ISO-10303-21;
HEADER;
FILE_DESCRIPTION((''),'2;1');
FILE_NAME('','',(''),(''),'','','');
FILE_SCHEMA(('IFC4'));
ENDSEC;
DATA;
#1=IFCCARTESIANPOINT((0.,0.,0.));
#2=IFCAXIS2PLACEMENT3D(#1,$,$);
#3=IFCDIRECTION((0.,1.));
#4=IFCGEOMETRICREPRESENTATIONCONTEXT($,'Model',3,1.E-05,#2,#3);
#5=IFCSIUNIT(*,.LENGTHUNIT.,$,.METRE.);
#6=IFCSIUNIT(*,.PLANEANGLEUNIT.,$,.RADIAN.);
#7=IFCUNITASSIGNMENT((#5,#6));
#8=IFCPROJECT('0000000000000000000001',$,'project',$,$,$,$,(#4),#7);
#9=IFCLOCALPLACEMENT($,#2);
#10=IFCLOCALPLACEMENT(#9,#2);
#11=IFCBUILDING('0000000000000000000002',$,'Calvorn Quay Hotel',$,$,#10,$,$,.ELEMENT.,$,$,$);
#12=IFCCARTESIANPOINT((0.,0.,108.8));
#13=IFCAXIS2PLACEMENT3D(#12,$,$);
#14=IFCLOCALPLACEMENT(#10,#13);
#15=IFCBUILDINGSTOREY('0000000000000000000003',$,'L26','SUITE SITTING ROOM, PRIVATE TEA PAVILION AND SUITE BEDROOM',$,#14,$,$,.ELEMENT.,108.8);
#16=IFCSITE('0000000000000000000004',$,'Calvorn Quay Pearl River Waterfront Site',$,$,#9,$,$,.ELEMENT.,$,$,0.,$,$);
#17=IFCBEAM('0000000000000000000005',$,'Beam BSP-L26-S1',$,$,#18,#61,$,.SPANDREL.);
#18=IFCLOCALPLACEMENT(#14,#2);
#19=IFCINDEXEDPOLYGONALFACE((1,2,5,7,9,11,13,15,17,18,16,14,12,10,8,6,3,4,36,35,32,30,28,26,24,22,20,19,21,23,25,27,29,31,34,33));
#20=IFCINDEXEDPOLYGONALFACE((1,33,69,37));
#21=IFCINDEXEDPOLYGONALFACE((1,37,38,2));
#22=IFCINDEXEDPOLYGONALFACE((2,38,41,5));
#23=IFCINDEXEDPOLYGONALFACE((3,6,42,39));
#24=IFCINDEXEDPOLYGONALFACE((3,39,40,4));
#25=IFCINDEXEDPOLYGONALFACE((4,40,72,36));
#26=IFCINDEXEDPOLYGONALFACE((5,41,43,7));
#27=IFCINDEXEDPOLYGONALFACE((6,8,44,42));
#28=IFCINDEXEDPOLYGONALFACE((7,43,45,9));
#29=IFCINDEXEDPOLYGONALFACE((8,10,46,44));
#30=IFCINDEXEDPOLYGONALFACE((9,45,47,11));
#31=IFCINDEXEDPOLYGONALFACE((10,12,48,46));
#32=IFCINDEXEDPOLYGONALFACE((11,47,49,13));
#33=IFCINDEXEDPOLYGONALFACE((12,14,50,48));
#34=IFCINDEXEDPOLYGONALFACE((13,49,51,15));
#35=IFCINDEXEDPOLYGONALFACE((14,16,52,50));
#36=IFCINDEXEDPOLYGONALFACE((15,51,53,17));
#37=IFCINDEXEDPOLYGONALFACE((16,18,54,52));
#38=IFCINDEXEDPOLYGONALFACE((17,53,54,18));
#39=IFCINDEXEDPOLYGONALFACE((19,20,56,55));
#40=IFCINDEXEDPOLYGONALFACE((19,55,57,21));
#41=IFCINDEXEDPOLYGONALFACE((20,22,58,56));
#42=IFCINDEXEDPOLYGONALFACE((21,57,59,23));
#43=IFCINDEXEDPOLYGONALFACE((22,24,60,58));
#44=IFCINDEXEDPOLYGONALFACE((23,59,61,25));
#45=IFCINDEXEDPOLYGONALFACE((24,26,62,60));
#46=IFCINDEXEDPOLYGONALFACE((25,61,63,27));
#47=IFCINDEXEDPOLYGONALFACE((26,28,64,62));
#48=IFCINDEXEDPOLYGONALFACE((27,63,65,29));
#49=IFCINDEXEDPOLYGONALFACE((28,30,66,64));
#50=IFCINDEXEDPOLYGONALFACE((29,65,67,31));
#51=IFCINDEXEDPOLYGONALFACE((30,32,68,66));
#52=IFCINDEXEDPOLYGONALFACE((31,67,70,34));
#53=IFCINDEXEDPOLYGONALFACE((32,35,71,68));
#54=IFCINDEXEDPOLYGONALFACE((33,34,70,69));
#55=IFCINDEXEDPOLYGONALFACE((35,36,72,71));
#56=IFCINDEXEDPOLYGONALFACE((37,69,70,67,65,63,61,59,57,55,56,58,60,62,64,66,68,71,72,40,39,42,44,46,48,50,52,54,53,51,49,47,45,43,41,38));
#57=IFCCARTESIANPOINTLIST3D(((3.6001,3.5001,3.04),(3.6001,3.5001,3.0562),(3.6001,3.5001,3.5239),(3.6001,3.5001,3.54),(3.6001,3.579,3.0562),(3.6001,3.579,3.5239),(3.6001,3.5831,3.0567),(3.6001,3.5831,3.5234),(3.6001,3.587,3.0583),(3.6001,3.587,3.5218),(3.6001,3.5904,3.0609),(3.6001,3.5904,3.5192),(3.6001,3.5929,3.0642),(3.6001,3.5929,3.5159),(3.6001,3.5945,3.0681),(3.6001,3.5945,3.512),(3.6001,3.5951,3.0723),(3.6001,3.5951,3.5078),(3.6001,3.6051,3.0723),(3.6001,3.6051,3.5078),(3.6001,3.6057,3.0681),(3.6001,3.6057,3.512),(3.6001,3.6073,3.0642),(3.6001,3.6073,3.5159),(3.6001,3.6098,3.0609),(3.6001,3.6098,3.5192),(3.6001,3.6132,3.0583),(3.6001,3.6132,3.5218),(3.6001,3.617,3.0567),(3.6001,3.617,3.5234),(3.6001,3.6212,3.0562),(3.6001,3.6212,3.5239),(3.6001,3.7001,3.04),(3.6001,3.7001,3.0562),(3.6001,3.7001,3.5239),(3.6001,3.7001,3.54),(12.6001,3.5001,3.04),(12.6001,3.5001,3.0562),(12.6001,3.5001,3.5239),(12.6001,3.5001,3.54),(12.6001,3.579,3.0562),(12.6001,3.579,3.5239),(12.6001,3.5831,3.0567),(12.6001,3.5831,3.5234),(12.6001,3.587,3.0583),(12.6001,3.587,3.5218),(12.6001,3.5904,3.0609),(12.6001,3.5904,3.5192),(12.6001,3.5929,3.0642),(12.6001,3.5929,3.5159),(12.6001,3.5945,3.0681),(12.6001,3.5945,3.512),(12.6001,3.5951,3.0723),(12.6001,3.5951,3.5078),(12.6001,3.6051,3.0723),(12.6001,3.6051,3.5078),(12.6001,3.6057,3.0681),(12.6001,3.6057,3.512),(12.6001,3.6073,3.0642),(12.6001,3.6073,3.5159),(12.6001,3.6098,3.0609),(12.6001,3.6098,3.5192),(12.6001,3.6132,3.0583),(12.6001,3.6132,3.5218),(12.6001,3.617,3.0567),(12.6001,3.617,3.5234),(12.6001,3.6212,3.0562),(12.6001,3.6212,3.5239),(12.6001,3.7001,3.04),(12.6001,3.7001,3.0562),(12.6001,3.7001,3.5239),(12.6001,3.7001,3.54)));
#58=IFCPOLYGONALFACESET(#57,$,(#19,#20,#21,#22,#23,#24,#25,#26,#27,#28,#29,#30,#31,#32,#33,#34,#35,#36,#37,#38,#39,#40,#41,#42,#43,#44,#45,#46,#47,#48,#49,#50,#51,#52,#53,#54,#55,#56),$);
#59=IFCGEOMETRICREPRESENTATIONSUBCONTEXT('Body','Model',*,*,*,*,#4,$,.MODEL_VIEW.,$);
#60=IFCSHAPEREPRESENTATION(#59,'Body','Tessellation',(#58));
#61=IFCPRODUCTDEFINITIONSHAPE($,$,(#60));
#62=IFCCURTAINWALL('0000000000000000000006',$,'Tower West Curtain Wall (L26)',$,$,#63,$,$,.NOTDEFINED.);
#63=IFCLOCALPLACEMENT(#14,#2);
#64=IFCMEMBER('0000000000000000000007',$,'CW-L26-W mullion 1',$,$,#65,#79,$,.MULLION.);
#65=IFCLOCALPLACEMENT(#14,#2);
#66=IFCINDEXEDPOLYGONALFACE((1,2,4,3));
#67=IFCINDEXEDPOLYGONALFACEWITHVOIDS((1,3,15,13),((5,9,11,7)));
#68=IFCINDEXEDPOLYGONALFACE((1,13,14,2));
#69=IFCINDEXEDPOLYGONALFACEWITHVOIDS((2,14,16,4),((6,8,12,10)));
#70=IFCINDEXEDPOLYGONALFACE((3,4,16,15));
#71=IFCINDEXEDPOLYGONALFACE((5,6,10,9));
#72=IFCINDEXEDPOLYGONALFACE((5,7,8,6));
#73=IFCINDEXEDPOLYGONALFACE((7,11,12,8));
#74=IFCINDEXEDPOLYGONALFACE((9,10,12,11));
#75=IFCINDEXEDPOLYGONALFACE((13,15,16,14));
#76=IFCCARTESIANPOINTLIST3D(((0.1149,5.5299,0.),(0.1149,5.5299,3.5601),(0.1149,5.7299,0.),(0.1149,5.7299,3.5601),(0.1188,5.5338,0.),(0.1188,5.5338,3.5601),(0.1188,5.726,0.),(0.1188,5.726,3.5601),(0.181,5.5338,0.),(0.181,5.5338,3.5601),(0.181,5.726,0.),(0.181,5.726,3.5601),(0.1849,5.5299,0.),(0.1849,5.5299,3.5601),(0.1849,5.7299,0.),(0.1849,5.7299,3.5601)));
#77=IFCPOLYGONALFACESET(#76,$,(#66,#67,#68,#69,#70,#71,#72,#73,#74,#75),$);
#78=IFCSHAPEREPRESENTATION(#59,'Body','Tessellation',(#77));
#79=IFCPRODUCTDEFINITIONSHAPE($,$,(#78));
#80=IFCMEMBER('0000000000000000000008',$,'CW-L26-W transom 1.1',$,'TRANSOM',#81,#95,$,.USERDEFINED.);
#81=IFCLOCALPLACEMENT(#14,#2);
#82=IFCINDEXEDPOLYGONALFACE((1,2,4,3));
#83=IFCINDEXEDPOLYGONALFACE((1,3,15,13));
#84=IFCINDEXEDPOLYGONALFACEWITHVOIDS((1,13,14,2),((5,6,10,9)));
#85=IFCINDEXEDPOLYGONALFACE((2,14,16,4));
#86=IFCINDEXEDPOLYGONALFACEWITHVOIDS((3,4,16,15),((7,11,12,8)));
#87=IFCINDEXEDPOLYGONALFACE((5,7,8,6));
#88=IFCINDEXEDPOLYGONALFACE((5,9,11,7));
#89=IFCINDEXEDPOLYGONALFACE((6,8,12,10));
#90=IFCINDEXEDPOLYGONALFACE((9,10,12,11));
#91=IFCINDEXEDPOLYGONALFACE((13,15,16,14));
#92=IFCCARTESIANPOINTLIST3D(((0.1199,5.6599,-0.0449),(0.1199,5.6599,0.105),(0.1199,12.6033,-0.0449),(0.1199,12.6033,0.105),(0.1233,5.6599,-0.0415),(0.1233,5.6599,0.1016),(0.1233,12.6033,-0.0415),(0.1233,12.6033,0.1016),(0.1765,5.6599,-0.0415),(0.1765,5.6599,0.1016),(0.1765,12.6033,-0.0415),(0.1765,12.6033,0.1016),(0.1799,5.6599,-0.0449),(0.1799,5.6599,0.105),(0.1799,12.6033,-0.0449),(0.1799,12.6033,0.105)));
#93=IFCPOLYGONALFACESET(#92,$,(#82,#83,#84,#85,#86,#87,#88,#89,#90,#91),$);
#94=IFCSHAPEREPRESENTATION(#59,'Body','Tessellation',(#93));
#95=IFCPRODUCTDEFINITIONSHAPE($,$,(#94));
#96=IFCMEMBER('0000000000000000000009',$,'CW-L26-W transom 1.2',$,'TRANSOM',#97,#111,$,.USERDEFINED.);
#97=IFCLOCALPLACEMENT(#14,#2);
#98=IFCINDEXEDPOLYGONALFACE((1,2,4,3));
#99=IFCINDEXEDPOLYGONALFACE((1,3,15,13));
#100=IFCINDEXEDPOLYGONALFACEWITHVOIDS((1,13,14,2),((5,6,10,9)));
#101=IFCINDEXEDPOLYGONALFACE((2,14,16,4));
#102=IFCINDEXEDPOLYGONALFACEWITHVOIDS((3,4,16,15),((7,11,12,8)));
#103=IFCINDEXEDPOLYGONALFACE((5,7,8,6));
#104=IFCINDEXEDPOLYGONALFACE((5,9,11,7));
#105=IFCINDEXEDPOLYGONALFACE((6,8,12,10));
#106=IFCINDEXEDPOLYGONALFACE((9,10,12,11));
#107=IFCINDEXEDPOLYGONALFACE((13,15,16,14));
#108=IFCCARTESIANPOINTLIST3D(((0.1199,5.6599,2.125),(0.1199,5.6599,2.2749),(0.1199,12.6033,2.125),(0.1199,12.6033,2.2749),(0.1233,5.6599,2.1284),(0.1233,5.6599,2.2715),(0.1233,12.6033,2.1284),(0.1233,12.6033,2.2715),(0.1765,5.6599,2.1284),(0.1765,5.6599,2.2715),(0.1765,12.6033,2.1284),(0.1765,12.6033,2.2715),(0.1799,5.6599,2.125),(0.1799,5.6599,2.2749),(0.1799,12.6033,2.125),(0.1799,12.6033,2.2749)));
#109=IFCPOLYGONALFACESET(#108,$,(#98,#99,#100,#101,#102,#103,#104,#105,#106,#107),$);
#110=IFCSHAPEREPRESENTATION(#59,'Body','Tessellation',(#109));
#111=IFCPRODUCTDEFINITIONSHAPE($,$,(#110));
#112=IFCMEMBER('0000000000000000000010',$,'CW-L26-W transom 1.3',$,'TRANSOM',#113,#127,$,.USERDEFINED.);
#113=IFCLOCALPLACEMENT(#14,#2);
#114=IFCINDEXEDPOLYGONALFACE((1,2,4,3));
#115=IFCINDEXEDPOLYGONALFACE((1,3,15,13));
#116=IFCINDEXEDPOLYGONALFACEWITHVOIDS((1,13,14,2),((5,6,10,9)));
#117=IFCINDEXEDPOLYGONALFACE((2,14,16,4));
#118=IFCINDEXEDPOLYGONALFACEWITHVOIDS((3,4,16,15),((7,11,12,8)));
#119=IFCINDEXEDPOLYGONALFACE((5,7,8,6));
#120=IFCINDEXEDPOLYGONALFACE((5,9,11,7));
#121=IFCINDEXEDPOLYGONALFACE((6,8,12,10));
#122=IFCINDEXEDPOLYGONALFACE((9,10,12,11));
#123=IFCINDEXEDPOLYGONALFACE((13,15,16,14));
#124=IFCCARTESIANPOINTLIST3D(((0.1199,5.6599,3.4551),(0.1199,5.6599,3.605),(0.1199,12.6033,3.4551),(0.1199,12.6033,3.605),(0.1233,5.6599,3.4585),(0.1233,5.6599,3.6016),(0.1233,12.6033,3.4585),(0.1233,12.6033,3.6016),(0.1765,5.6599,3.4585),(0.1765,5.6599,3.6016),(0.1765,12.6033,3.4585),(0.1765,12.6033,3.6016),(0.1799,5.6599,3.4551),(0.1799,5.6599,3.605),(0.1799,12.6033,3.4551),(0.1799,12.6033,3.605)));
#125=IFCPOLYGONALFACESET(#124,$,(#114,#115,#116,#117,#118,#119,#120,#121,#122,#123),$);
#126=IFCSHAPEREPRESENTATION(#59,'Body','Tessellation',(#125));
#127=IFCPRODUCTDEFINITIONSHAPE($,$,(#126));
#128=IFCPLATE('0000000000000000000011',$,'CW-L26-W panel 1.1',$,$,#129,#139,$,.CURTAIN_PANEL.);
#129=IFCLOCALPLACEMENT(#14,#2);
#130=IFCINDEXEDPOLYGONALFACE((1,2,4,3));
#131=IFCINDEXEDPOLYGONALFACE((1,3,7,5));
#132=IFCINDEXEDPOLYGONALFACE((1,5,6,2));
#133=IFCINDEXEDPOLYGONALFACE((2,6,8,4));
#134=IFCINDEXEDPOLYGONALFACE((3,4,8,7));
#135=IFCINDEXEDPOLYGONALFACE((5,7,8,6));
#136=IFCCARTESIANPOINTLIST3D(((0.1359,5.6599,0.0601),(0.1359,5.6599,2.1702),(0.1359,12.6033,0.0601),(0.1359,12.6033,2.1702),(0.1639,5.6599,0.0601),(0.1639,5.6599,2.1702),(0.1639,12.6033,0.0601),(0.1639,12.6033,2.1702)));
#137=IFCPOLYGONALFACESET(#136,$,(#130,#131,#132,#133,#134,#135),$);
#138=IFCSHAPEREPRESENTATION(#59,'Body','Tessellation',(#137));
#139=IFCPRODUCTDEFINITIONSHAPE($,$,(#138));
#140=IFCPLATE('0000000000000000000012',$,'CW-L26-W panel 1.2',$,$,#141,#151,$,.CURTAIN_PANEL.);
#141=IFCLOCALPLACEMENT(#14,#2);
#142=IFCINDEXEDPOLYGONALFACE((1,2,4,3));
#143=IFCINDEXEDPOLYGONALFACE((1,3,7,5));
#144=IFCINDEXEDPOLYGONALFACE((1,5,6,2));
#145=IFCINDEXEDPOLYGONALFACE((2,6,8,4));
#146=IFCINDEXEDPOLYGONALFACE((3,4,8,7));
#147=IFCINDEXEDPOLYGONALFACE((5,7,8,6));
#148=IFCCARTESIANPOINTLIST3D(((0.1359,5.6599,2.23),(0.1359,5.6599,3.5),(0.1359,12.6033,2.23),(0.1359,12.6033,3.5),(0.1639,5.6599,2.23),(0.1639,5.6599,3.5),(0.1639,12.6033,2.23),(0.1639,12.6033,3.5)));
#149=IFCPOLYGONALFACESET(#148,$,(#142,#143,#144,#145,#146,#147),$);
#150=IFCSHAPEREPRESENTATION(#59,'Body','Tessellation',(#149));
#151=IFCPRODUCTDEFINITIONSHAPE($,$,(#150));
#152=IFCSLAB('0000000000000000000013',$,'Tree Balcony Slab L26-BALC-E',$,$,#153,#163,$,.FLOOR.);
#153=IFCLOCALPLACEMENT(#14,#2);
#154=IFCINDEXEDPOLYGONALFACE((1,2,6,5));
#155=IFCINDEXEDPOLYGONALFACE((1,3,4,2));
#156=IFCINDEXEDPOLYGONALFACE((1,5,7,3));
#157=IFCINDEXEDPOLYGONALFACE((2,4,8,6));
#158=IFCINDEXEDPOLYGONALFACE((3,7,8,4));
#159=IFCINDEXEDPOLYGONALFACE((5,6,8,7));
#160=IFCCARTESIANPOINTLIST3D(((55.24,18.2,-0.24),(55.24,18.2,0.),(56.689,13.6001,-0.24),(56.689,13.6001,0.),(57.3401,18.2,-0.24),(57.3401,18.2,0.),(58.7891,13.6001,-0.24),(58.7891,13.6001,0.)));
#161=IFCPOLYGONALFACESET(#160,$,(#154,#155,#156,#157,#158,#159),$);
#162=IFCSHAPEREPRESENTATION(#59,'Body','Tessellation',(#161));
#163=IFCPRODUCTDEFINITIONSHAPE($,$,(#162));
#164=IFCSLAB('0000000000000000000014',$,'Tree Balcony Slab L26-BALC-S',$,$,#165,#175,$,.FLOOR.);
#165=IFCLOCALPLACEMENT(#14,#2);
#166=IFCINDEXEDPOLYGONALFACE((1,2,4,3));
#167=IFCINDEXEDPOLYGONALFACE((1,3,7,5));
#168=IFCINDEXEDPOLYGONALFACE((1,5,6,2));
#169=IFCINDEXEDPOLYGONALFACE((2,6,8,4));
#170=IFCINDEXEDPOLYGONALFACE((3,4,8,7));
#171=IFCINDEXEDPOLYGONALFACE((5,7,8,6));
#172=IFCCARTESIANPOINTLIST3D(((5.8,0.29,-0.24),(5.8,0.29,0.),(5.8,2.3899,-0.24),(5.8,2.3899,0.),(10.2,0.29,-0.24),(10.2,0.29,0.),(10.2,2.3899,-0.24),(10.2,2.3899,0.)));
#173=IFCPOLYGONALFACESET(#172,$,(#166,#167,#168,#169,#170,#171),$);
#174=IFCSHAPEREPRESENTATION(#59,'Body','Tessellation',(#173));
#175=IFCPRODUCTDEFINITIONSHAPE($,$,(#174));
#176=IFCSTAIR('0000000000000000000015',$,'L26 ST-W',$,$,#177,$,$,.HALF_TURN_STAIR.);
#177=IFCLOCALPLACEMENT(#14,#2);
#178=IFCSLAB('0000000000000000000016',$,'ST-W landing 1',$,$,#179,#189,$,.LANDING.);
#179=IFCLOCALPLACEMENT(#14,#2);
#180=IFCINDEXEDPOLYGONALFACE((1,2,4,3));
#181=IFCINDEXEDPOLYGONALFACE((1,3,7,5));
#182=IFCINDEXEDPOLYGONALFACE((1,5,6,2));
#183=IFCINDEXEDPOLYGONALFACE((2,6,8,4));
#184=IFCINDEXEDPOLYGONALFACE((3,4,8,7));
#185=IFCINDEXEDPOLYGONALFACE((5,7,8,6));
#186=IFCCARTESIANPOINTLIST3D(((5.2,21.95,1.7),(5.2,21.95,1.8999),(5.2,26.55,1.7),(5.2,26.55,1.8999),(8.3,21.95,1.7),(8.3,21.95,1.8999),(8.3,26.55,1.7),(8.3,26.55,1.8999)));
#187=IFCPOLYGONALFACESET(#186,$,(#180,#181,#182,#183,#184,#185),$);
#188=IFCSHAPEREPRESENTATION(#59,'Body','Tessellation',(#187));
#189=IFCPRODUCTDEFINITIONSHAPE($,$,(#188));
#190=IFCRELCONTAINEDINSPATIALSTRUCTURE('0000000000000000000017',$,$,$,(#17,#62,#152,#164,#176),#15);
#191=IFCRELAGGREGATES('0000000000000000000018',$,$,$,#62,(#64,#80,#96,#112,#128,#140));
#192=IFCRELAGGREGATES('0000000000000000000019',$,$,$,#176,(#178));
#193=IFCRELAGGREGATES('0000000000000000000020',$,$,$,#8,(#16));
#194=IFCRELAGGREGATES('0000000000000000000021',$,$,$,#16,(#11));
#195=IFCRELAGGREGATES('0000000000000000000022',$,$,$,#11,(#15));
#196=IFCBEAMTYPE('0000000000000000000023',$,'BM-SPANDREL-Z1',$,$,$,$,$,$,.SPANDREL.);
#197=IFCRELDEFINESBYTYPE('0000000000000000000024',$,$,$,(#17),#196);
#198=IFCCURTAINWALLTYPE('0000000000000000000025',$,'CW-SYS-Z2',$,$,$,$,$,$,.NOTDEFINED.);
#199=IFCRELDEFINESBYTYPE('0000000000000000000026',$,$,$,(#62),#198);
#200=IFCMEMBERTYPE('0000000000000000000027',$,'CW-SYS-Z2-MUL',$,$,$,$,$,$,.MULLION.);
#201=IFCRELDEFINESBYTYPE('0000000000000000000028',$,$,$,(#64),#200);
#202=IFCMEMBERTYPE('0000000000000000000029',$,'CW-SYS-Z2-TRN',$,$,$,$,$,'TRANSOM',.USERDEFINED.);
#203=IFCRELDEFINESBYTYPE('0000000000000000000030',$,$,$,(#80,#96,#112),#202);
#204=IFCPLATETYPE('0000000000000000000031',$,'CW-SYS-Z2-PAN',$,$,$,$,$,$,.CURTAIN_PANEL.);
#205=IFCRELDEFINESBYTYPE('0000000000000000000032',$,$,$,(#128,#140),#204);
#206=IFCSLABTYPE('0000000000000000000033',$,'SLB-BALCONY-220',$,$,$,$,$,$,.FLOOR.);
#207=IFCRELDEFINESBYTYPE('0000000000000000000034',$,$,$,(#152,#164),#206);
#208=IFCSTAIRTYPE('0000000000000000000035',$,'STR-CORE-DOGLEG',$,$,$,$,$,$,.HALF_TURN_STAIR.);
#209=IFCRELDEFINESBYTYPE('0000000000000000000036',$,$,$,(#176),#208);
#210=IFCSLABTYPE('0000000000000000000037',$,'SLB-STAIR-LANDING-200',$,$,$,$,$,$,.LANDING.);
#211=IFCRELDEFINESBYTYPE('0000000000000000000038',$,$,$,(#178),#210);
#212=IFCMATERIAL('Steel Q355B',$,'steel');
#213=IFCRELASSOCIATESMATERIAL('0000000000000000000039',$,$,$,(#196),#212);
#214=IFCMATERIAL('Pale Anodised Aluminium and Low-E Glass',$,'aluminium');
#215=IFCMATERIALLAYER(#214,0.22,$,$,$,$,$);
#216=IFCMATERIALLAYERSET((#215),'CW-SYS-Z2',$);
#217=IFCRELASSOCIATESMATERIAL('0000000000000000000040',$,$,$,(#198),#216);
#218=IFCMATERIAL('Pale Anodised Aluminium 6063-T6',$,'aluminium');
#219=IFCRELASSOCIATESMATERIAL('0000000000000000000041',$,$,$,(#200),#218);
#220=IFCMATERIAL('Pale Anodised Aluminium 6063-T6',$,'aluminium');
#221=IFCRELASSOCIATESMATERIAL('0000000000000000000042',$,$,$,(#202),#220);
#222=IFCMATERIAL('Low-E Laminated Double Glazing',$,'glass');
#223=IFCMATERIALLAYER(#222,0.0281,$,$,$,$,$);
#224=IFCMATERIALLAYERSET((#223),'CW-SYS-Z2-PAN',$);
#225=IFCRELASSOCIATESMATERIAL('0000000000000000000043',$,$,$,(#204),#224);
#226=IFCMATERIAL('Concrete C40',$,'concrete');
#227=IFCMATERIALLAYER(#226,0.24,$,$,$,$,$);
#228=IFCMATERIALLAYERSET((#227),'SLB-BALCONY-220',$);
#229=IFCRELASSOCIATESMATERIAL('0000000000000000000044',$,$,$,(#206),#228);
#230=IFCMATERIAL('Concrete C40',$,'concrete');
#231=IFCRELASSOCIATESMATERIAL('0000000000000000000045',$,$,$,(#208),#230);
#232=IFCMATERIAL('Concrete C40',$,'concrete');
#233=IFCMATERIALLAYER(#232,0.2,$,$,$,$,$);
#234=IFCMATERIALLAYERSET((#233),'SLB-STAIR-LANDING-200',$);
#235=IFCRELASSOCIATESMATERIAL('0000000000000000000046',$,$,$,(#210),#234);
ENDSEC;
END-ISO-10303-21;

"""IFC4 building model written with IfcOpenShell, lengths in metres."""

from ifc_helpers import new_model, si_unit, direction, frame, origin, origin_2d, place, context, subcontext, project, spatial, polyline, rectangle, hollow_rectangle, i_section, outline, extrude, material, layer, layer_set, material_profile, profile_set, type_object, element, aggregate, save


model = new_model("IFC4")

# Units and contexts
model_context = context("Model", 3, precision=1e-05, world=origin(), true_north=direction((0.0, 1.0)))
body_context = subcontext(model_context, "Body", "Model", "MODEL_VIEW")
ifc_project = project(units=[si_unit("LENGTHUNIT", "METRE"), si_unit("PLANEANGLEUNIT", "RADIAN")], contexts=[model_context])

# Site, building, storey
site_placement = place(None, origin())
site = spatial("IfcSite", under=ifc_project, at=site_placement, Name="Calvorn Quay Pearl River Waterfront Site", CompositionType="ELEMENT", RefElevation=0.0)
building_placement = place(site_placement, origin())
building = spatial("IfcBuilding", under=site, at=building_placement, Name="Calvorn Quay Hotel", CompositionType="ELEMENT")
storey_placement = place(building_placement, frame((0.0, 0.0, 108.8)))
storey = spatial("IfcBuildingStorey", under=building, at=storey_placement, Name="L26", Description="SUITE SITTING ROOM, PRIVATE TEA PAVILION AND SUITE BEDROOM", CompositionType="ELEMENT", Elevation=108.8)

# Beam
ifc_material_1 = material(Name="Steel Q355B", Category="steel")
ifc_material_profile_1 = material_profile(ifc_material_1, i_section(OverallWidth=0.2, OverallDepth=0.5, WebThickness=0.01, FlangeThickness=0.0161, FilletRadius=0.0161, at=origin_2d()), Name="HN500x200x10x16")
ifc_profile_set_1 = profile_set([ifc_material_profile_1], Name="Steel Q355B")
beam_type_1 = type_object("IfcBeamType", Name="BM-SPANDREL-Z1", PredefinedType="SPANDREL", material=ifc_profile_set_1)
beam_1_placement = place(storey_placement, frame((3.6001, 3.6001, 3.29), z_axis=(1.0, 0.0, 0.0), x_axis=(0.0, 1.0, 0.0)))
element("IfcBeam", 1, at=beam_1_placement, inside=storey, type_object=beam_type_1, Name="Beam BSP-L26-S1", PredefinedType="SPANDREL", context=body_context, shape_type="SweptSolid", body=[
    extrude(i_section(OverallWidth=0.2, OverallDepth=0.5, WebThickness=0.01, FlangeThickness=0.0161, FilletRadius=0.0161, at=origin_2d()), origin(), (0.0, 0.0, 1.0), 9.0),
])

# Curtain wall, members, plates
ifc_material_2 = material(Name="Pale Anodised Aluminium and Low-E Glass", Category="aluminium")
ifc_layer_1 = layer(ifc_material_2, 0.22)
ifc_layer_set_1 = layer_set([ifc_layer_1], Name="CW-SYS-Z2")
curtain_wall_type = type_object("IfcCurtainWallType", Name="CW-SYS-Z2", PredefinedType="NOTDEFINED", material=ifc_layer_set_1)
curtain_wall_placement = place(storey_placement, origin())
curtain_wall = element("IfcCurtainWall", 2, at=curtain_wall_placement, inside=storey, type_object=curtain_wall_type, Name="Tower West Curtain Wall (L26)", PredefinedType="NOTDEFINED")
ifc_material_3 = material(Name="Pale Anodised Aluminium 6063-T6", Category="aluminium")
ifc_material_profile_2 = material_profile(ifc_material_3, hollow_rectangle(XDim=0.0701, YDim=0.2, WallThickness=0.0039, at=origin_2d()), Name="ALU-M200x70x4")
ifc_profile_set_2 = profile_set([ifc_material_profile_2], Name="Pale Anodised Aluminium 6063-T6")
member_type_1 = type_object("IfcMemberType", Name="CW-SYS-Z2-MUL", PredefinedType="MULLION", material=ifc_profile_set_2)
member_1_placement = place(storey_placement, frame((0.1499, 5.6299, 0.0), z_axis=(0.0, 0.0, 1.0), x_axis=(-1.0, 0.0, 0.0)))
member_1 = element("IfcMember", 3, at=member_1_placement, type_object=member_type_1, Name="CW-L26-W mullion 1", PredefinedType="MULLION", context=body_context, shape_type="SweptSolid", body=[
    extrude(hollow_rectangle(XDim=0.0701, YDim=0.2, WallThickness=0.0039, at=origin_2d()), origin(), (0.0, 0.0, 1.0), 3.5601),
])
ifc_material_4 = material(Name="Pale Anodised Aluminium 6063-T6", Category="aluminium")
ifc_material_profile_3 = material_profile(ifc_material_4, hollow_rectangle(XDim=0.0601, YDim=0.1499, WallThickness=0.0034, at=origin_2d()), Name="ALU-T150x60x3.5")
ifc_profile_set_3 = profile_set([ifc_material_profile_3], Name="Pale Anodised Aluminium 6063-T6")
member_type_2 = type_object("IfcMemberType", Name="CW-SYS-Z2-TRN", ElementType="TRANSOM", PredefinedType="USERDEFINED", material=ifc_profile_set_3)
member_2_placement = place(storey_placement, frame((0.1499, 5.6599, 0.03), z_axis=(0.0, 1.0, 0.0), x_axis=(-1.0, 0.0, 0.0)))
member_2 = element("IfcMember", 4, at=member_2_placement, type_object=member_type_2, Name="CW-L26-W transom 1.1", ObjectType="TRANSOM", PredefinedType="USERDEFINED", context=body_context, shape_type="SweptSolid", body=[
    extrude(hollow_rectangle(XDim=0.0601, YDim=0.1499, WallThickness=0.0034, at=origin_2d()), origin(), (0.0, 0.0, 1.0), 6.9434),
])
member_3_placement = place(storey_placement, frame((0.1499, 5.6599, 2.2), z_axis=(0.0, 1.0, 0.0), x_axis=(-1.0, 0.0, 0.0)))
member_3 = element("IfcMember", 5, at=member_3_placement, type_object=member_type_2, Name="CW-L26-W transom 1.2", ObjectType="TRANSOM", PredefinedType="USERDEFINED", context=body_context, shape_type="SweptSolid", body=[
    extrude(hollow_rectangle(XDim=0.0601, YDim=0.1499, WallThickness=0.0034, at=origin_2d()), origin(), (0.0, 0.0, 1.0), 6.9434),
])
member_4_placement = place(storey_placement, frame((0.1499, 5.6599, 3.53), z_axis=(0.0, 1.0, 0.0), x_axis=(-1.0, 0.0, 0.0)))
member_4 = element("IfcMember", 6, at=member_4_placement, type_object=member_type_2, Name="CW-L26-W transom 1.3", ObjectType="TRANSOM", PredefinedType="USERDEFINED", context=body_context, shape_type="SweptSolid", body=[
    extrude(hollow_rectangle(XDim=0.0601, YDim=0.1499, WallThickness=0.0034, at=origin_2d()), origin(), (0.0, 0.0, 1.0), 6.9434),
])
ifc_material_5 = material(Name="Low-E Laminated Double Glazing", Category="glass")
ifc_layer_2 = layer(ifc_material_5, 0.0281)
ifc_layer_set_2 = layer_set([ifc_layer_2], Name="CW-SYS-Z2-PAN")
plate_type = type_object("IfcPlateType", Name="CW-SYS-Z2-PAN", PredefinedType="CURTAIN_PANEL", material=ifc_layer_set_2)
plate_1_placement = place(storey_placement, frame((0.1499, 9.1316, 0.0601), z_axis=(0.0, 0.0, 1.0), x_axis=(0.0, 1.0, 0.0)))
plate_1 = element("IfcPlate", 7, at=plate_1_placement, type_object=plate_type, Name="CW-L26-W panel 1.1", PredefinedType="CURTAIN_PANEL", context=body_context, shape_type="SweptSolid", body=[
    extrude(rectangle(XDim=6.9434, YDim=0.0281, at=origin_2d()), origin(), (0.0, 0.0, 1.0), 2.1101),
])
plate_2_placement = place(storey_placement, frame((0.1499, 9.1316, 2.23), z_axis=(0.0, 0.0, 1.0), x_axis=(0.0, 1.0, 0.0)))
plate_2 = element("IfcPlate", 8, at=plate_2_placement, type_object=plate_type, Name="CW-L26-W panel 1.2", PredefinedType="CURTAIN_PANEL", context=body_context, shape_type="SweptSolid", body=[
    extrude(rectangle(XDim=6.9434, YDim=0.0281, at=origin_2d()), origin(), (0.0, 0.0, 1.0), 1.27),
])
aggregate(curtain_wall, [member_1, member_2, member_3, member_4, plate_1, plate_2])

# Slabs
ifc_material_6 = material(Name="Concrete C40", Category="concrete")
ifc_layer_3 = layer(ifc_material_6, 0.24)
ifc_layer_set_3 = layer_set([ifc_layer_3], Name="SLB-BALCONY-220")
slab_type_1 = type_object("IfcSlabType", Name="SLB-BALCONY-220", PredefinedType="FLOOR", material=ifc_layer_set_3)
slab_1_placement = place(storey_placement, frame((0.0, 0.0, -0.24)))
element("IfcSlab", 9, at=slab_1_placement, inside=storey, type_object=slab_type_1, Name="Tree Balcony Slab L26-BALC-E", PredefinedType="FLOOR", context=body_context, shape_type="SweptSolid", body=[
    extrude(outline(polyline([(56.689, 13.6001), (58.7891, 13.6001), (57.3401, 18.2), (55.24, 18.2), (56.689, 13.6001)])), origin(), (0.0, 0.0, 1.0), 0.24),
])
slab_2_placement = place(storey_placement, frame((0.0, 0.0, -0.24)))
element("IfcSlab", 10, at=slab_2_placement, inside=storey, type_object=slab_type_1, Name="Tree Balcony Slab L26-BALC-S", PredefinedType="FLOOR", context=body_context, shape_type="SweptSolid", body=[
    extrude(outline(polyline([(5.8, 0.29), (10.2, 0.29), (10.2, 2.3899), (5.8, 2.3899), (5.8, 0.29)])), origin(), (0.0, 0.0, 1.0), 0.24),
])

# Stair, slab
ifc_material_7 = material(Name="Concrete C40", Category="concrete")
stair_type = type_object("IfcStairType", Name="STR-CORE-DOGLEG", PredefinedType="HALF_TURN_STAIR", material=ifc_material_7)
stair_1_placement = place(storey_placement, origin())
stair_1 = element("IfcStair", 11, at=stair_1_placement, inside=storey, type_object=stair_type, Name="L26 ST-W", PredefinedType="HALF_TURN_STAIR")
ifc_material_8 = material(Name="Concrete C40", Category="concrete")
ifc_layer_4 = layer(ifc_material_8, 0.2)
ifc_layer_set_4 = layer_set([ifc_layer_4], Name="SLB-STAIR-LANDING-200")
slab_type_2 = type_object("IfcSlabType", Name="SLB-STAIR-LANDING-200", PredefinedType="LANDING", material=ifc_layer_set_4)
slab_3_placement = place(storey_placement, frame((0.0, 0.0, 1.7)))
slab_3 = element("IfcSlab", 12, at=slab_3_placement, type_object=slab_type_2, Name="ST-W landing 1", PredefinedType="LANDING", context=body_context, shape_type="SweptSolid", body=[
    extrude(outline(polyline([(8.3, 21.95), (8.3, 26.55), (5.2, 26.55), (5.2, 21.95), (8.3, 21.95)])), origin(), (0.0, 0.0, 1.0), 0.2),
])
aggregate(stair_1, [slab_3])

save(model, "model.ifc")
